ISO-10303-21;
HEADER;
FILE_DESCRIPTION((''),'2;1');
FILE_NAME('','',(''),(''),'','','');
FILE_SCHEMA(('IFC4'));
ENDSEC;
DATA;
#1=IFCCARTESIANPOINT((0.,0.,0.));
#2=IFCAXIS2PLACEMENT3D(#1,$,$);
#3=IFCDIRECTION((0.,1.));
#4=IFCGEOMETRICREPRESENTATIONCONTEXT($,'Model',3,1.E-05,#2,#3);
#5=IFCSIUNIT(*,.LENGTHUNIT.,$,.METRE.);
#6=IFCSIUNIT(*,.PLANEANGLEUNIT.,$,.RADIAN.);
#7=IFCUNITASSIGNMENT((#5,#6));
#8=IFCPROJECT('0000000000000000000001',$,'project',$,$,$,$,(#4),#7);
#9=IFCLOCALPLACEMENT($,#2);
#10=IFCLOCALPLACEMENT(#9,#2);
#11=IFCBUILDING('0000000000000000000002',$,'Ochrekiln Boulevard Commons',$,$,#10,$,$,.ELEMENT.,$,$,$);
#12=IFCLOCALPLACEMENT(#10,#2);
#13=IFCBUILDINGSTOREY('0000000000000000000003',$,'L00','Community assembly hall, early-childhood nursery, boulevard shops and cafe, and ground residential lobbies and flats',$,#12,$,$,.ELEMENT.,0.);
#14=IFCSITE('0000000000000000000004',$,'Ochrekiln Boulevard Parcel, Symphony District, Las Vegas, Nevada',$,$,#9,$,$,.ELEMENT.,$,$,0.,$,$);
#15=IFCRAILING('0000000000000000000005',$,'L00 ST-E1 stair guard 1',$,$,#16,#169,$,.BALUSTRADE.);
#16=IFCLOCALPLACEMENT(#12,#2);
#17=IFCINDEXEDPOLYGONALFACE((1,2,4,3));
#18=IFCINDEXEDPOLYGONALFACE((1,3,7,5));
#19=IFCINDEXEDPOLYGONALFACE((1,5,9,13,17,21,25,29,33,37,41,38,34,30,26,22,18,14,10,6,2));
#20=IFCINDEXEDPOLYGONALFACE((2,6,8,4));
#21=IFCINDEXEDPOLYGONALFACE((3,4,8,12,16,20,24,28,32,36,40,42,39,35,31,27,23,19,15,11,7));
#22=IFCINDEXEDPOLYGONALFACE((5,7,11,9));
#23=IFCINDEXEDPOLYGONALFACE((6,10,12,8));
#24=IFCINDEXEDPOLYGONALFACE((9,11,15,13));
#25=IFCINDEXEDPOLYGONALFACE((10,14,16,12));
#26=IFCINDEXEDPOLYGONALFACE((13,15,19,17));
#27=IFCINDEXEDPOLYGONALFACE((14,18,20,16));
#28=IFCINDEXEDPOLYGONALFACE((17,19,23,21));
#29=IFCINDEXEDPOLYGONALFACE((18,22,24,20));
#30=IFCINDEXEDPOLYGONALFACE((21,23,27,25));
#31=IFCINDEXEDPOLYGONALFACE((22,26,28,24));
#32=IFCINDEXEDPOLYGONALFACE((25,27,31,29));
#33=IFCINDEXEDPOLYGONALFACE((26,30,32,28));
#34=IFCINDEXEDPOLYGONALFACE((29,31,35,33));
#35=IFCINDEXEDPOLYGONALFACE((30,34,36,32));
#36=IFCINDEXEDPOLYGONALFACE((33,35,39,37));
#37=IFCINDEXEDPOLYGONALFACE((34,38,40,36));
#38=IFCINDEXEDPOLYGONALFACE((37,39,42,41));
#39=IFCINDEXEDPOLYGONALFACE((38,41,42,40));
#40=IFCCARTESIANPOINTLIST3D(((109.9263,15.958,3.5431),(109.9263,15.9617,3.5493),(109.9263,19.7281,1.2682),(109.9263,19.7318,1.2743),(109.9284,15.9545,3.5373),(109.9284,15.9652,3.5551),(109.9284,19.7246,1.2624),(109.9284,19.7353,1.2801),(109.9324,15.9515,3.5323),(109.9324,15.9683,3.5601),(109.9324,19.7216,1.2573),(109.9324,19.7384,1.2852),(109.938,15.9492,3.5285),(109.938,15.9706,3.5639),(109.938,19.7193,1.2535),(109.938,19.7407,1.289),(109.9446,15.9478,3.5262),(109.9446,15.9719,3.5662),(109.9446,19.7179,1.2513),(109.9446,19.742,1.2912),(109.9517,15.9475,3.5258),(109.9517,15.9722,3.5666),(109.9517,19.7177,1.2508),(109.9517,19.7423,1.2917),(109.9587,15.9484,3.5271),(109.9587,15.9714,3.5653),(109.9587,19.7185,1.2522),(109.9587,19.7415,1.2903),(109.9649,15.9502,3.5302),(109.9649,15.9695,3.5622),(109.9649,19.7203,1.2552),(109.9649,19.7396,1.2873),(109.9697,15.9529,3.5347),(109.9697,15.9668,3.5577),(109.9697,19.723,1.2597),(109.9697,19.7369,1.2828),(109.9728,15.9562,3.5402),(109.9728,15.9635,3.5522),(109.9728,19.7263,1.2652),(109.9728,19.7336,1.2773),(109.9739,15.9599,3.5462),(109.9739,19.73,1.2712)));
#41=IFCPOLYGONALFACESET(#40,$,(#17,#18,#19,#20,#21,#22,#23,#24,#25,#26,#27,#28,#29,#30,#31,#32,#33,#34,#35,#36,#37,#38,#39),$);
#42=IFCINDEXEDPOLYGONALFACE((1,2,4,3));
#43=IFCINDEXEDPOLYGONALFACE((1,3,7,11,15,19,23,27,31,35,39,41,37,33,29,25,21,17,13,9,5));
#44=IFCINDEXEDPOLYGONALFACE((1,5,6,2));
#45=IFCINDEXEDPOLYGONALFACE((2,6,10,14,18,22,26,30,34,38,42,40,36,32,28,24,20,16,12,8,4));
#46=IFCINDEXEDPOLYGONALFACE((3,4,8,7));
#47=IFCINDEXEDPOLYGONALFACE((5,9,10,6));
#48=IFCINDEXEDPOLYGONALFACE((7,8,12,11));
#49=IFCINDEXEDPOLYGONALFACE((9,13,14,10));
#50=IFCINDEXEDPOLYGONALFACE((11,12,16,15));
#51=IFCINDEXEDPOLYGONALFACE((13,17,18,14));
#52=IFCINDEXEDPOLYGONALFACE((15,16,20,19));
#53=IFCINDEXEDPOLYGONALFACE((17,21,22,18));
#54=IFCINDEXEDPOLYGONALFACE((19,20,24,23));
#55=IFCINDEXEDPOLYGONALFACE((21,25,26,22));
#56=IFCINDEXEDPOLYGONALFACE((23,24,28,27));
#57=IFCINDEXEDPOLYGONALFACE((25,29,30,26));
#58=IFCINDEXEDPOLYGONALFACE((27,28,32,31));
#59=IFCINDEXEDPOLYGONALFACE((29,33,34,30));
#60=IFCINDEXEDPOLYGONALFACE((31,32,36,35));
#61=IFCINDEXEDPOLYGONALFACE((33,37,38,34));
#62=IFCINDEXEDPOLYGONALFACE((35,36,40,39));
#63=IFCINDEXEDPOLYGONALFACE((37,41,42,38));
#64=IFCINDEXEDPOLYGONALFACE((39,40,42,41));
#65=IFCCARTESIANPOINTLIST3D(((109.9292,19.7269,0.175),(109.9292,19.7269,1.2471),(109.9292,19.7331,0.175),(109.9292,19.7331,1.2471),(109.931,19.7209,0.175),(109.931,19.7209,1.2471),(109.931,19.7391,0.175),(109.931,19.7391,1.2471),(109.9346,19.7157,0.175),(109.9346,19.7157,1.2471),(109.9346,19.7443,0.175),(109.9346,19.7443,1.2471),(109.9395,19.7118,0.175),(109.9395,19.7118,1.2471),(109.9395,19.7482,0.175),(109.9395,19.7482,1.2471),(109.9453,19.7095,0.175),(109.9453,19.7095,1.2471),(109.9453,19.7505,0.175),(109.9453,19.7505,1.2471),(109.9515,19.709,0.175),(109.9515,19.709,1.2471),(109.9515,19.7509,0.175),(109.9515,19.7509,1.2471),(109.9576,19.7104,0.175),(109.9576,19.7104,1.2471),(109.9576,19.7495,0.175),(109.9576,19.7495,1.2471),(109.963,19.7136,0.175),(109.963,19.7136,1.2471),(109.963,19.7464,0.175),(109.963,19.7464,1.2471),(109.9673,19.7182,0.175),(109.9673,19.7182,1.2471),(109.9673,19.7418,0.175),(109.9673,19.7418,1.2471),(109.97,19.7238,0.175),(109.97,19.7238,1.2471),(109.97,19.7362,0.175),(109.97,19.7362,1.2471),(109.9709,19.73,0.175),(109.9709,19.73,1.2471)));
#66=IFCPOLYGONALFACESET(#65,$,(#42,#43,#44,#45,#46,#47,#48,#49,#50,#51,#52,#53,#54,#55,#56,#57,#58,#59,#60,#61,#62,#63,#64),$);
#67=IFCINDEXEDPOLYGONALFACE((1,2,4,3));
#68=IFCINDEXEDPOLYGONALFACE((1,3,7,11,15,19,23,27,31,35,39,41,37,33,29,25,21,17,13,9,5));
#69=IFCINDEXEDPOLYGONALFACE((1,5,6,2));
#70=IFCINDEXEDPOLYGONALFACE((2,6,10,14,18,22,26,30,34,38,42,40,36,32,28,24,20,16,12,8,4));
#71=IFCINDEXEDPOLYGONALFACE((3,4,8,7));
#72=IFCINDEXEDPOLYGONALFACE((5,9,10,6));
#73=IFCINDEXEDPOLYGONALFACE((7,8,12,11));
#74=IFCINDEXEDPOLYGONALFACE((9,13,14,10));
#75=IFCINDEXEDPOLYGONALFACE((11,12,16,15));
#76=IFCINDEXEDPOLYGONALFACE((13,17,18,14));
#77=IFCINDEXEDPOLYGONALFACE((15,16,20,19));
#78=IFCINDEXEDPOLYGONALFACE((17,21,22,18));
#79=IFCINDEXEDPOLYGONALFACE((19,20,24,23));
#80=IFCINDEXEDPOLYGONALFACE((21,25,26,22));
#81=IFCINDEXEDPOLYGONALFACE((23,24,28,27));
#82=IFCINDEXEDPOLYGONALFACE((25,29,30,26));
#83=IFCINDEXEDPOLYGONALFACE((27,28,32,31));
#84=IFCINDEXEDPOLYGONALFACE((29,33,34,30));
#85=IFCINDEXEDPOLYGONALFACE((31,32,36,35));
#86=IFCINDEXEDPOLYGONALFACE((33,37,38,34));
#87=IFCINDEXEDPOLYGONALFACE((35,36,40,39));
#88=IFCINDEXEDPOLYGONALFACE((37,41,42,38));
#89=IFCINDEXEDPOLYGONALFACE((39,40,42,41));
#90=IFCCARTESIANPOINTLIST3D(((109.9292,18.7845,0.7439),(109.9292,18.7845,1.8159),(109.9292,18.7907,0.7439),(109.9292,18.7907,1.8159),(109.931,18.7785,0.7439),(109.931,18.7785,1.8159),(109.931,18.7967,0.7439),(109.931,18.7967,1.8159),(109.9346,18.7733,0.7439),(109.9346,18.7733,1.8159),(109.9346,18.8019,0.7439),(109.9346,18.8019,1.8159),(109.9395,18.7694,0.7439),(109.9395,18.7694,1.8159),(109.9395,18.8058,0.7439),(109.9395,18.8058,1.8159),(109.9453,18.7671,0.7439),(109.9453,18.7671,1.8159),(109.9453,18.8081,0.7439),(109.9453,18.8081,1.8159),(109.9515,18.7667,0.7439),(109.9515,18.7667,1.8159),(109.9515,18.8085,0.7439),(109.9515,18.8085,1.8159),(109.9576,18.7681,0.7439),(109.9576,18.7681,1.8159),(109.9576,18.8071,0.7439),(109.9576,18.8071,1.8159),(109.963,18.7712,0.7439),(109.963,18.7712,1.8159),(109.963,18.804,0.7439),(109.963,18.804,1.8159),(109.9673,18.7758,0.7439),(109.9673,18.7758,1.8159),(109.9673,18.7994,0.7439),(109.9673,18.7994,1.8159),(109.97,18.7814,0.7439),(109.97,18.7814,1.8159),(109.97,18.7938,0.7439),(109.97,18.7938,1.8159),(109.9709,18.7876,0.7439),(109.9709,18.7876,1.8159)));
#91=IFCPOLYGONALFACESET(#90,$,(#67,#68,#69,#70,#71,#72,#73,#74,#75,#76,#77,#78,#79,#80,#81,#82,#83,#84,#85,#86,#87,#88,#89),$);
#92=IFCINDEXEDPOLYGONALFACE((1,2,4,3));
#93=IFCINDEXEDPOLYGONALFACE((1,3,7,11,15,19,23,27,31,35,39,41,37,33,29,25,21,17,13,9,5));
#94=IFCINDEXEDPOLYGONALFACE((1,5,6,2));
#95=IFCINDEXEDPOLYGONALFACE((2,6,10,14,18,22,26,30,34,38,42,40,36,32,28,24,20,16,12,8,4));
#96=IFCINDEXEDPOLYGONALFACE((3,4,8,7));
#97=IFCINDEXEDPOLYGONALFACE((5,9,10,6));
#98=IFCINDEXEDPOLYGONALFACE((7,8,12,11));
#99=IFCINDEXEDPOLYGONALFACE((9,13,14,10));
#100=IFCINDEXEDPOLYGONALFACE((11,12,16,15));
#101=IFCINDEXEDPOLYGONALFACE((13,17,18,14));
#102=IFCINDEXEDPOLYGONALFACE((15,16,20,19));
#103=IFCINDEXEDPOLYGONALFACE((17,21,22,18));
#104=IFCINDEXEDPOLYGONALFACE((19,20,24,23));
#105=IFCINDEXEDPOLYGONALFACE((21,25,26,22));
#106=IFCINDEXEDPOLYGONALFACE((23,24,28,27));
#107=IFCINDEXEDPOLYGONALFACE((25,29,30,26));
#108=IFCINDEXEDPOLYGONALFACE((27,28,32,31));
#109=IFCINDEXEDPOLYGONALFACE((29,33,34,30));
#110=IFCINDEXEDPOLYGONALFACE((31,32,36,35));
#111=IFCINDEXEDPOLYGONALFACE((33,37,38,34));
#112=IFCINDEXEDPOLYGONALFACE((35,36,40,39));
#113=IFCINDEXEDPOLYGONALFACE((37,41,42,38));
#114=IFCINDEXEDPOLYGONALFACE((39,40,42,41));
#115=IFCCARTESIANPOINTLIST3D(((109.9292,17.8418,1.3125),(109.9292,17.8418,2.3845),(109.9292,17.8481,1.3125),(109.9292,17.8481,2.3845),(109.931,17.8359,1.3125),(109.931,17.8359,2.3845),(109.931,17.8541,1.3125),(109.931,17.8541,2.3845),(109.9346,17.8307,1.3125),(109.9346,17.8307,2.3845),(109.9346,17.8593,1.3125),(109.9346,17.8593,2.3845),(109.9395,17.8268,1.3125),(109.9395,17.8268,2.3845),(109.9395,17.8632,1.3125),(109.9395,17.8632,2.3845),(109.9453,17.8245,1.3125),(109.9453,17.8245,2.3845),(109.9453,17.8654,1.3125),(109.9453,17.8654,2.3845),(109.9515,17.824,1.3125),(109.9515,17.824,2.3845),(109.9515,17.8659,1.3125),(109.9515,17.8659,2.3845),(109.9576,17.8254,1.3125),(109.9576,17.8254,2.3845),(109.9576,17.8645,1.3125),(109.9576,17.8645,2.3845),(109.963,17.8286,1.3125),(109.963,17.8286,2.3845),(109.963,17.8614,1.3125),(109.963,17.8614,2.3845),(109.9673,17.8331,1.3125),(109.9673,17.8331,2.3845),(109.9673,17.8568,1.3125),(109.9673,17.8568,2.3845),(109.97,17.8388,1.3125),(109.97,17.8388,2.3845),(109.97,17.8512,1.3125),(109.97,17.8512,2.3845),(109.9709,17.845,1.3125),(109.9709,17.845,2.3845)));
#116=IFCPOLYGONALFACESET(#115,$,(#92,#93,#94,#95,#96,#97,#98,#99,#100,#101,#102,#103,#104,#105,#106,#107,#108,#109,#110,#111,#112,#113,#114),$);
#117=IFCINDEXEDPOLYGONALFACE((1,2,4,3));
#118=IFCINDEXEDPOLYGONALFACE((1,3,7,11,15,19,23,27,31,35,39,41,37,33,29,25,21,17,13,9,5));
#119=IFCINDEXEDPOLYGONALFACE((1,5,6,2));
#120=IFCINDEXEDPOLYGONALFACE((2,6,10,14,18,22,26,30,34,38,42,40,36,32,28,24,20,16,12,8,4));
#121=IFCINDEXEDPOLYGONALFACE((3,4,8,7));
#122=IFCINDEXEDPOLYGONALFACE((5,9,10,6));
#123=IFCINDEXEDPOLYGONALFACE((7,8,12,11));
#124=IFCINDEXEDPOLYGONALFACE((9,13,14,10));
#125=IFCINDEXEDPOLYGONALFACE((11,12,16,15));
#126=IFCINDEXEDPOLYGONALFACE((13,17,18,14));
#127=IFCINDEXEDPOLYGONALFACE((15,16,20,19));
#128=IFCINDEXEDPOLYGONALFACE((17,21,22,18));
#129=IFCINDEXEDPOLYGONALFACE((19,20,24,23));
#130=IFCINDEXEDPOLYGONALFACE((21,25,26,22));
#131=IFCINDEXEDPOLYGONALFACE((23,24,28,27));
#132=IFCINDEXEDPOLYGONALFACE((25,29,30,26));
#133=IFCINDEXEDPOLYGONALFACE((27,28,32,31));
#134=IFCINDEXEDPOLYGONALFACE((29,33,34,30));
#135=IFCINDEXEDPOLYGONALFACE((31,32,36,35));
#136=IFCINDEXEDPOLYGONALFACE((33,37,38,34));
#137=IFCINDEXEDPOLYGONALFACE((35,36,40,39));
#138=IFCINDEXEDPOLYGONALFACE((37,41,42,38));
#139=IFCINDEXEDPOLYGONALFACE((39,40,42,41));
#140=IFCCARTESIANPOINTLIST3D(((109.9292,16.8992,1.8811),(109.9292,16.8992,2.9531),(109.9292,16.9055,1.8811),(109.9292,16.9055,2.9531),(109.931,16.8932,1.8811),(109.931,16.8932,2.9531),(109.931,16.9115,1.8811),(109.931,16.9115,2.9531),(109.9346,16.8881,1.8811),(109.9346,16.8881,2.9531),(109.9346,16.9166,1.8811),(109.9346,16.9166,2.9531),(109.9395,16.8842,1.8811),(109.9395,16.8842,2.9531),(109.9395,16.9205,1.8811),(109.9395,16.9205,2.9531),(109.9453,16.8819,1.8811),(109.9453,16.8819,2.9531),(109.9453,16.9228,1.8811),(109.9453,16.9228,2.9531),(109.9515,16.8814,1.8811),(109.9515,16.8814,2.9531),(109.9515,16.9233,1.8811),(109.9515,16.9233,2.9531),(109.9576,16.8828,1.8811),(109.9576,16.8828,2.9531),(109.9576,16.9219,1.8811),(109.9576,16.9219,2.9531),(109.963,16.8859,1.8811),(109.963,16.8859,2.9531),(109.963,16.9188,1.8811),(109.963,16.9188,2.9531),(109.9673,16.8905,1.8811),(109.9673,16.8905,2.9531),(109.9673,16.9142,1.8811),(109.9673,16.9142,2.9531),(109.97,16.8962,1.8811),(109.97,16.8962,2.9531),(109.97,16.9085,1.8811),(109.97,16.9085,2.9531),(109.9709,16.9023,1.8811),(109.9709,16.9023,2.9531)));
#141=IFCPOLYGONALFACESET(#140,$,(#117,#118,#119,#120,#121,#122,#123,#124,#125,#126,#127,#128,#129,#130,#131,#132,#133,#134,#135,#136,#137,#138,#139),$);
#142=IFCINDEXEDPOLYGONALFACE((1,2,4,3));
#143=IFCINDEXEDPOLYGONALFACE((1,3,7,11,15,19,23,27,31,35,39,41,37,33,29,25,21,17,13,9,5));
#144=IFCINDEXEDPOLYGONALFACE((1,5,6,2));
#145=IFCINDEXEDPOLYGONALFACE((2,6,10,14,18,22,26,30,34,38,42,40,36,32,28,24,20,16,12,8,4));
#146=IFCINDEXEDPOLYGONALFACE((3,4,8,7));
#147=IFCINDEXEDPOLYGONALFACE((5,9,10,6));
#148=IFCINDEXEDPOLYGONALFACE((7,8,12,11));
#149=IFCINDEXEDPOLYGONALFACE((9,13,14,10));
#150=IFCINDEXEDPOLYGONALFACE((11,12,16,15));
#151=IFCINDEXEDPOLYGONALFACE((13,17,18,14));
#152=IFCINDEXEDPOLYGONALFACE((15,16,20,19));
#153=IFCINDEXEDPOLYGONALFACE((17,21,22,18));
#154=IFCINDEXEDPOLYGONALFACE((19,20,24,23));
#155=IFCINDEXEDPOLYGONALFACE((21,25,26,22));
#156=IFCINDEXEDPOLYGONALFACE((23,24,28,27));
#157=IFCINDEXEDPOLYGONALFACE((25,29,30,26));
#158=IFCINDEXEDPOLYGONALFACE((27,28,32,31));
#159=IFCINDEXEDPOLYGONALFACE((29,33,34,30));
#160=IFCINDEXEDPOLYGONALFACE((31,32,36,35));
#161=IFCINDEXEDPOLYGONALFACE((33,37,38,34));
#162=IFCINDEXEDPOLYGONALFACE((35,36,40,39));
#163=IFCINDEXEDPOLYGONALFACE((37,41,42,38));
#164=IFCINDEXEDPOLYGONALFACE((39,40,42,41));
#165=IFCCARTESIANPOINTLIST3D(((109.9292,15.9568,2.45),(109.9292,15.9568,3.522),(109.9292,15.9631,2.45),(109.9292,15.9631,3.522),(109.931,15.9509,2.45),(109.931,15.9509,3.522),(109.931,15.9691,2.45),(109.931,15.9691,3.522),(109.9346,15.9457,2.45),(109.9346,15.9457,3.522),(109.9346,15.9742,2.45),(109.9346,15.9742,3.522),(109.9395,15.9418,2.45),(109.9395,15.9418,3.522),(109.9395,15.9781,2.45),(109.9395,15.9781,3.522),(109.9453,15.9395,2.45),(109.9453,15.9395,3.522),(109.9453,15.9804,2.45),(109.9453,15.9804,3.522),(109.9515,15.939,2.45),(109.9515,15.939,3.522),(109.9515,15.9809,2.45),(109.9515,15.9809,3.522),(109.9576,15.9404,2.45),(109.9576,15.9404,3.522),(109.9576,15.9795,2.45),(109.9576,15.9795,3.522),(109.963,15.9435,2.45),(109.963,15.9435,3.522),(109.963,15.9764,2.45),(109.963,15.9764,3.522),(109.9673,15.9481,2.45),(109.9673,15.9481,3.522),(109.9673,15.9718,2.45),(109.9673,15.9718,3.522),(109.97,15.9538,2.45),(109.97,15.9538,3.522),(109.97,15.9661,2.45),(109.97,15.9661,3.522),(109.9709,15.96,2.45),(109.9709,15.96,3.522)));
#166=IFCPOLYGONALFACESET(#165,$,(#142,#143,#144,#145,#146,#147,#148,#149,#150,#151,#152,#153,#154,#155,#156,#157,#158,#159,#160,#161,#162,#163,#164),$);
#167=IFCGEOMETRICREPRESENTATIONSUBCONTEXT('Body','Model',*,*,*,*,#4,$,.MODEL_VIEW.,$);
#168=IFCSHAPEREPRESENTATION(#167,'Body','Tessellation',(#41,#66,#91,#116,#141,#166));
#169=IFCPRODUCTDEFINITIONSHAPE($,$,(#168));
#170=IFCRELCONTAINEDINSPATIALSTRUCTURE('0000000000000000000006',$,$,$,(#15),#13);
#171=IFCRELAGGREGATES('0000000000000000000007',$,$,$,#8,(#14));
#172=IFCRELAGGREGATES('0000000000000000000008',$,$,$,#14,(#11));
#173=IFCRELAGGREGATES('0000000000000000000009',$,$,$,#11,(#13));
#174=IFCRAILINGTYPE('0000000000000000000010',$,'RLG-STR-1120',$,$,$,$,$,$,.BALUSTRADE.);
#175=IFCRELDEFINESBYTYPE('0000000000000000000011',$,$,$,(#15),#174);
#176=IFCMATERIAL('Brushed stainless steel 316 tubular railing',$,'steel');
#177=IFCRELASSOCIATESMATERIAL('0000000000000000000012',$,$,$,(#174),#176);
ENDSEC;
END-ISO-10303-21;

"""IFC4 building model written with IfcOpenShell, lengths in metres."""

from ifc_helpers import new_model, si_unit, direction, frame, origin, origin_2d, place, context, subcontext, project, spatial, circle, extrude, material, type_object, element, save


model = new_model("IFC4")

# Units and contexts
model_context = context("Model", 3, precision=1e-05, world=origin(), true_north=direction((0.0, 1.0)))
body_context = subcontext(model_context, "Body", "Model", "MODEL_VIEW")
ifc_project = project(units=[si_unit("LENGTHUNIT", "METRE"), si_unit("PLANEANGLEUNIT", "RADIAN")], contexts=[model_context])

# Site, building, storey
site_placement = place(None, origin())
site = spatial("IfcSite", under=ifc_project, at=site_placement, Name="Ochrekiln Boulevard Parcel, Symphony District, Las Vegas, Nevada", CompositionType="ELEMENT", RefElevation=0.0)
building_placement = place(site_placement, origin())
building = spatial("IfcBuilding", under=site, at=building_placement, Name="Ochrekiln Boulevard Commons", CompositionType="ELEMENT")
storey_placement = place(building_placement, origin())
storey = spatial("IfcBuildingStorey", under=building, at=storey_placement, Name="L00", Description="Community assembly hall, early-childhood nursery, boulevard shops and cafe, and ground residential lobbies and flats", CompositionType="ELEMENT", Elevation=0.0)

# Railing
ifc_material_1 = material(Name="Brushed stainless steel 316 tubular railing", Category="steel")
railing_type_1 = type_object("IfcRailingType", Name="RLG-STR-1120", PredefinedType="BALUSTRADE", material=ifc_material_1)
railing_1_placement = place(storey_placement, frame((109.95, 19.73, 0.175)))
element("IfcRailing", 1, at=railing_1_placement, inside=storey, type_object=railing_type_1, Name="L00 ST-E1 stair guard 1", PredefinedType="BALUSTRADE", context=body_context, shape_type="SweptSolid", body=[
    extrude(circle(Radius=0.0239, at=origin_2d()), frame((0.0, 0.0, 1.0962), z_axis=(0.0, -0.856199, 0.516647), x_axis=(1.0, 0.0, 0.0)), (0.0, 0.0, 1.0), 4.4033),
    extrude(circle(Radius=0.021, at=origin_2d()), origin(), (0.0, 0.0, 1.0), 1.072),
    extrude(circle(Radius=0.021, at=origin_2d()), frame((0.0, -0.9424, 0.5688)), (0.0, 0.0, 1.0), 1.072),
    extrude(circle(Radius=0.021, at=origin_2d()), frame((0.0, -1.885, 1.1375)), (0.0, 0.0, 1.0), 1.072),
    extrude(circle(Radius=0.021, at=origin_2d()), frame((0.0, -2.8276, 1.7061)), (0.0, 0.0, 1.0), 1.072),
    extrude(circle(Radius=0.021, at=origin_2d()), frame((0.0, -3.77, 2.2749)), (0.0, 0.0, 1.0), 1.072),
])

save(model, "model.ifc")
